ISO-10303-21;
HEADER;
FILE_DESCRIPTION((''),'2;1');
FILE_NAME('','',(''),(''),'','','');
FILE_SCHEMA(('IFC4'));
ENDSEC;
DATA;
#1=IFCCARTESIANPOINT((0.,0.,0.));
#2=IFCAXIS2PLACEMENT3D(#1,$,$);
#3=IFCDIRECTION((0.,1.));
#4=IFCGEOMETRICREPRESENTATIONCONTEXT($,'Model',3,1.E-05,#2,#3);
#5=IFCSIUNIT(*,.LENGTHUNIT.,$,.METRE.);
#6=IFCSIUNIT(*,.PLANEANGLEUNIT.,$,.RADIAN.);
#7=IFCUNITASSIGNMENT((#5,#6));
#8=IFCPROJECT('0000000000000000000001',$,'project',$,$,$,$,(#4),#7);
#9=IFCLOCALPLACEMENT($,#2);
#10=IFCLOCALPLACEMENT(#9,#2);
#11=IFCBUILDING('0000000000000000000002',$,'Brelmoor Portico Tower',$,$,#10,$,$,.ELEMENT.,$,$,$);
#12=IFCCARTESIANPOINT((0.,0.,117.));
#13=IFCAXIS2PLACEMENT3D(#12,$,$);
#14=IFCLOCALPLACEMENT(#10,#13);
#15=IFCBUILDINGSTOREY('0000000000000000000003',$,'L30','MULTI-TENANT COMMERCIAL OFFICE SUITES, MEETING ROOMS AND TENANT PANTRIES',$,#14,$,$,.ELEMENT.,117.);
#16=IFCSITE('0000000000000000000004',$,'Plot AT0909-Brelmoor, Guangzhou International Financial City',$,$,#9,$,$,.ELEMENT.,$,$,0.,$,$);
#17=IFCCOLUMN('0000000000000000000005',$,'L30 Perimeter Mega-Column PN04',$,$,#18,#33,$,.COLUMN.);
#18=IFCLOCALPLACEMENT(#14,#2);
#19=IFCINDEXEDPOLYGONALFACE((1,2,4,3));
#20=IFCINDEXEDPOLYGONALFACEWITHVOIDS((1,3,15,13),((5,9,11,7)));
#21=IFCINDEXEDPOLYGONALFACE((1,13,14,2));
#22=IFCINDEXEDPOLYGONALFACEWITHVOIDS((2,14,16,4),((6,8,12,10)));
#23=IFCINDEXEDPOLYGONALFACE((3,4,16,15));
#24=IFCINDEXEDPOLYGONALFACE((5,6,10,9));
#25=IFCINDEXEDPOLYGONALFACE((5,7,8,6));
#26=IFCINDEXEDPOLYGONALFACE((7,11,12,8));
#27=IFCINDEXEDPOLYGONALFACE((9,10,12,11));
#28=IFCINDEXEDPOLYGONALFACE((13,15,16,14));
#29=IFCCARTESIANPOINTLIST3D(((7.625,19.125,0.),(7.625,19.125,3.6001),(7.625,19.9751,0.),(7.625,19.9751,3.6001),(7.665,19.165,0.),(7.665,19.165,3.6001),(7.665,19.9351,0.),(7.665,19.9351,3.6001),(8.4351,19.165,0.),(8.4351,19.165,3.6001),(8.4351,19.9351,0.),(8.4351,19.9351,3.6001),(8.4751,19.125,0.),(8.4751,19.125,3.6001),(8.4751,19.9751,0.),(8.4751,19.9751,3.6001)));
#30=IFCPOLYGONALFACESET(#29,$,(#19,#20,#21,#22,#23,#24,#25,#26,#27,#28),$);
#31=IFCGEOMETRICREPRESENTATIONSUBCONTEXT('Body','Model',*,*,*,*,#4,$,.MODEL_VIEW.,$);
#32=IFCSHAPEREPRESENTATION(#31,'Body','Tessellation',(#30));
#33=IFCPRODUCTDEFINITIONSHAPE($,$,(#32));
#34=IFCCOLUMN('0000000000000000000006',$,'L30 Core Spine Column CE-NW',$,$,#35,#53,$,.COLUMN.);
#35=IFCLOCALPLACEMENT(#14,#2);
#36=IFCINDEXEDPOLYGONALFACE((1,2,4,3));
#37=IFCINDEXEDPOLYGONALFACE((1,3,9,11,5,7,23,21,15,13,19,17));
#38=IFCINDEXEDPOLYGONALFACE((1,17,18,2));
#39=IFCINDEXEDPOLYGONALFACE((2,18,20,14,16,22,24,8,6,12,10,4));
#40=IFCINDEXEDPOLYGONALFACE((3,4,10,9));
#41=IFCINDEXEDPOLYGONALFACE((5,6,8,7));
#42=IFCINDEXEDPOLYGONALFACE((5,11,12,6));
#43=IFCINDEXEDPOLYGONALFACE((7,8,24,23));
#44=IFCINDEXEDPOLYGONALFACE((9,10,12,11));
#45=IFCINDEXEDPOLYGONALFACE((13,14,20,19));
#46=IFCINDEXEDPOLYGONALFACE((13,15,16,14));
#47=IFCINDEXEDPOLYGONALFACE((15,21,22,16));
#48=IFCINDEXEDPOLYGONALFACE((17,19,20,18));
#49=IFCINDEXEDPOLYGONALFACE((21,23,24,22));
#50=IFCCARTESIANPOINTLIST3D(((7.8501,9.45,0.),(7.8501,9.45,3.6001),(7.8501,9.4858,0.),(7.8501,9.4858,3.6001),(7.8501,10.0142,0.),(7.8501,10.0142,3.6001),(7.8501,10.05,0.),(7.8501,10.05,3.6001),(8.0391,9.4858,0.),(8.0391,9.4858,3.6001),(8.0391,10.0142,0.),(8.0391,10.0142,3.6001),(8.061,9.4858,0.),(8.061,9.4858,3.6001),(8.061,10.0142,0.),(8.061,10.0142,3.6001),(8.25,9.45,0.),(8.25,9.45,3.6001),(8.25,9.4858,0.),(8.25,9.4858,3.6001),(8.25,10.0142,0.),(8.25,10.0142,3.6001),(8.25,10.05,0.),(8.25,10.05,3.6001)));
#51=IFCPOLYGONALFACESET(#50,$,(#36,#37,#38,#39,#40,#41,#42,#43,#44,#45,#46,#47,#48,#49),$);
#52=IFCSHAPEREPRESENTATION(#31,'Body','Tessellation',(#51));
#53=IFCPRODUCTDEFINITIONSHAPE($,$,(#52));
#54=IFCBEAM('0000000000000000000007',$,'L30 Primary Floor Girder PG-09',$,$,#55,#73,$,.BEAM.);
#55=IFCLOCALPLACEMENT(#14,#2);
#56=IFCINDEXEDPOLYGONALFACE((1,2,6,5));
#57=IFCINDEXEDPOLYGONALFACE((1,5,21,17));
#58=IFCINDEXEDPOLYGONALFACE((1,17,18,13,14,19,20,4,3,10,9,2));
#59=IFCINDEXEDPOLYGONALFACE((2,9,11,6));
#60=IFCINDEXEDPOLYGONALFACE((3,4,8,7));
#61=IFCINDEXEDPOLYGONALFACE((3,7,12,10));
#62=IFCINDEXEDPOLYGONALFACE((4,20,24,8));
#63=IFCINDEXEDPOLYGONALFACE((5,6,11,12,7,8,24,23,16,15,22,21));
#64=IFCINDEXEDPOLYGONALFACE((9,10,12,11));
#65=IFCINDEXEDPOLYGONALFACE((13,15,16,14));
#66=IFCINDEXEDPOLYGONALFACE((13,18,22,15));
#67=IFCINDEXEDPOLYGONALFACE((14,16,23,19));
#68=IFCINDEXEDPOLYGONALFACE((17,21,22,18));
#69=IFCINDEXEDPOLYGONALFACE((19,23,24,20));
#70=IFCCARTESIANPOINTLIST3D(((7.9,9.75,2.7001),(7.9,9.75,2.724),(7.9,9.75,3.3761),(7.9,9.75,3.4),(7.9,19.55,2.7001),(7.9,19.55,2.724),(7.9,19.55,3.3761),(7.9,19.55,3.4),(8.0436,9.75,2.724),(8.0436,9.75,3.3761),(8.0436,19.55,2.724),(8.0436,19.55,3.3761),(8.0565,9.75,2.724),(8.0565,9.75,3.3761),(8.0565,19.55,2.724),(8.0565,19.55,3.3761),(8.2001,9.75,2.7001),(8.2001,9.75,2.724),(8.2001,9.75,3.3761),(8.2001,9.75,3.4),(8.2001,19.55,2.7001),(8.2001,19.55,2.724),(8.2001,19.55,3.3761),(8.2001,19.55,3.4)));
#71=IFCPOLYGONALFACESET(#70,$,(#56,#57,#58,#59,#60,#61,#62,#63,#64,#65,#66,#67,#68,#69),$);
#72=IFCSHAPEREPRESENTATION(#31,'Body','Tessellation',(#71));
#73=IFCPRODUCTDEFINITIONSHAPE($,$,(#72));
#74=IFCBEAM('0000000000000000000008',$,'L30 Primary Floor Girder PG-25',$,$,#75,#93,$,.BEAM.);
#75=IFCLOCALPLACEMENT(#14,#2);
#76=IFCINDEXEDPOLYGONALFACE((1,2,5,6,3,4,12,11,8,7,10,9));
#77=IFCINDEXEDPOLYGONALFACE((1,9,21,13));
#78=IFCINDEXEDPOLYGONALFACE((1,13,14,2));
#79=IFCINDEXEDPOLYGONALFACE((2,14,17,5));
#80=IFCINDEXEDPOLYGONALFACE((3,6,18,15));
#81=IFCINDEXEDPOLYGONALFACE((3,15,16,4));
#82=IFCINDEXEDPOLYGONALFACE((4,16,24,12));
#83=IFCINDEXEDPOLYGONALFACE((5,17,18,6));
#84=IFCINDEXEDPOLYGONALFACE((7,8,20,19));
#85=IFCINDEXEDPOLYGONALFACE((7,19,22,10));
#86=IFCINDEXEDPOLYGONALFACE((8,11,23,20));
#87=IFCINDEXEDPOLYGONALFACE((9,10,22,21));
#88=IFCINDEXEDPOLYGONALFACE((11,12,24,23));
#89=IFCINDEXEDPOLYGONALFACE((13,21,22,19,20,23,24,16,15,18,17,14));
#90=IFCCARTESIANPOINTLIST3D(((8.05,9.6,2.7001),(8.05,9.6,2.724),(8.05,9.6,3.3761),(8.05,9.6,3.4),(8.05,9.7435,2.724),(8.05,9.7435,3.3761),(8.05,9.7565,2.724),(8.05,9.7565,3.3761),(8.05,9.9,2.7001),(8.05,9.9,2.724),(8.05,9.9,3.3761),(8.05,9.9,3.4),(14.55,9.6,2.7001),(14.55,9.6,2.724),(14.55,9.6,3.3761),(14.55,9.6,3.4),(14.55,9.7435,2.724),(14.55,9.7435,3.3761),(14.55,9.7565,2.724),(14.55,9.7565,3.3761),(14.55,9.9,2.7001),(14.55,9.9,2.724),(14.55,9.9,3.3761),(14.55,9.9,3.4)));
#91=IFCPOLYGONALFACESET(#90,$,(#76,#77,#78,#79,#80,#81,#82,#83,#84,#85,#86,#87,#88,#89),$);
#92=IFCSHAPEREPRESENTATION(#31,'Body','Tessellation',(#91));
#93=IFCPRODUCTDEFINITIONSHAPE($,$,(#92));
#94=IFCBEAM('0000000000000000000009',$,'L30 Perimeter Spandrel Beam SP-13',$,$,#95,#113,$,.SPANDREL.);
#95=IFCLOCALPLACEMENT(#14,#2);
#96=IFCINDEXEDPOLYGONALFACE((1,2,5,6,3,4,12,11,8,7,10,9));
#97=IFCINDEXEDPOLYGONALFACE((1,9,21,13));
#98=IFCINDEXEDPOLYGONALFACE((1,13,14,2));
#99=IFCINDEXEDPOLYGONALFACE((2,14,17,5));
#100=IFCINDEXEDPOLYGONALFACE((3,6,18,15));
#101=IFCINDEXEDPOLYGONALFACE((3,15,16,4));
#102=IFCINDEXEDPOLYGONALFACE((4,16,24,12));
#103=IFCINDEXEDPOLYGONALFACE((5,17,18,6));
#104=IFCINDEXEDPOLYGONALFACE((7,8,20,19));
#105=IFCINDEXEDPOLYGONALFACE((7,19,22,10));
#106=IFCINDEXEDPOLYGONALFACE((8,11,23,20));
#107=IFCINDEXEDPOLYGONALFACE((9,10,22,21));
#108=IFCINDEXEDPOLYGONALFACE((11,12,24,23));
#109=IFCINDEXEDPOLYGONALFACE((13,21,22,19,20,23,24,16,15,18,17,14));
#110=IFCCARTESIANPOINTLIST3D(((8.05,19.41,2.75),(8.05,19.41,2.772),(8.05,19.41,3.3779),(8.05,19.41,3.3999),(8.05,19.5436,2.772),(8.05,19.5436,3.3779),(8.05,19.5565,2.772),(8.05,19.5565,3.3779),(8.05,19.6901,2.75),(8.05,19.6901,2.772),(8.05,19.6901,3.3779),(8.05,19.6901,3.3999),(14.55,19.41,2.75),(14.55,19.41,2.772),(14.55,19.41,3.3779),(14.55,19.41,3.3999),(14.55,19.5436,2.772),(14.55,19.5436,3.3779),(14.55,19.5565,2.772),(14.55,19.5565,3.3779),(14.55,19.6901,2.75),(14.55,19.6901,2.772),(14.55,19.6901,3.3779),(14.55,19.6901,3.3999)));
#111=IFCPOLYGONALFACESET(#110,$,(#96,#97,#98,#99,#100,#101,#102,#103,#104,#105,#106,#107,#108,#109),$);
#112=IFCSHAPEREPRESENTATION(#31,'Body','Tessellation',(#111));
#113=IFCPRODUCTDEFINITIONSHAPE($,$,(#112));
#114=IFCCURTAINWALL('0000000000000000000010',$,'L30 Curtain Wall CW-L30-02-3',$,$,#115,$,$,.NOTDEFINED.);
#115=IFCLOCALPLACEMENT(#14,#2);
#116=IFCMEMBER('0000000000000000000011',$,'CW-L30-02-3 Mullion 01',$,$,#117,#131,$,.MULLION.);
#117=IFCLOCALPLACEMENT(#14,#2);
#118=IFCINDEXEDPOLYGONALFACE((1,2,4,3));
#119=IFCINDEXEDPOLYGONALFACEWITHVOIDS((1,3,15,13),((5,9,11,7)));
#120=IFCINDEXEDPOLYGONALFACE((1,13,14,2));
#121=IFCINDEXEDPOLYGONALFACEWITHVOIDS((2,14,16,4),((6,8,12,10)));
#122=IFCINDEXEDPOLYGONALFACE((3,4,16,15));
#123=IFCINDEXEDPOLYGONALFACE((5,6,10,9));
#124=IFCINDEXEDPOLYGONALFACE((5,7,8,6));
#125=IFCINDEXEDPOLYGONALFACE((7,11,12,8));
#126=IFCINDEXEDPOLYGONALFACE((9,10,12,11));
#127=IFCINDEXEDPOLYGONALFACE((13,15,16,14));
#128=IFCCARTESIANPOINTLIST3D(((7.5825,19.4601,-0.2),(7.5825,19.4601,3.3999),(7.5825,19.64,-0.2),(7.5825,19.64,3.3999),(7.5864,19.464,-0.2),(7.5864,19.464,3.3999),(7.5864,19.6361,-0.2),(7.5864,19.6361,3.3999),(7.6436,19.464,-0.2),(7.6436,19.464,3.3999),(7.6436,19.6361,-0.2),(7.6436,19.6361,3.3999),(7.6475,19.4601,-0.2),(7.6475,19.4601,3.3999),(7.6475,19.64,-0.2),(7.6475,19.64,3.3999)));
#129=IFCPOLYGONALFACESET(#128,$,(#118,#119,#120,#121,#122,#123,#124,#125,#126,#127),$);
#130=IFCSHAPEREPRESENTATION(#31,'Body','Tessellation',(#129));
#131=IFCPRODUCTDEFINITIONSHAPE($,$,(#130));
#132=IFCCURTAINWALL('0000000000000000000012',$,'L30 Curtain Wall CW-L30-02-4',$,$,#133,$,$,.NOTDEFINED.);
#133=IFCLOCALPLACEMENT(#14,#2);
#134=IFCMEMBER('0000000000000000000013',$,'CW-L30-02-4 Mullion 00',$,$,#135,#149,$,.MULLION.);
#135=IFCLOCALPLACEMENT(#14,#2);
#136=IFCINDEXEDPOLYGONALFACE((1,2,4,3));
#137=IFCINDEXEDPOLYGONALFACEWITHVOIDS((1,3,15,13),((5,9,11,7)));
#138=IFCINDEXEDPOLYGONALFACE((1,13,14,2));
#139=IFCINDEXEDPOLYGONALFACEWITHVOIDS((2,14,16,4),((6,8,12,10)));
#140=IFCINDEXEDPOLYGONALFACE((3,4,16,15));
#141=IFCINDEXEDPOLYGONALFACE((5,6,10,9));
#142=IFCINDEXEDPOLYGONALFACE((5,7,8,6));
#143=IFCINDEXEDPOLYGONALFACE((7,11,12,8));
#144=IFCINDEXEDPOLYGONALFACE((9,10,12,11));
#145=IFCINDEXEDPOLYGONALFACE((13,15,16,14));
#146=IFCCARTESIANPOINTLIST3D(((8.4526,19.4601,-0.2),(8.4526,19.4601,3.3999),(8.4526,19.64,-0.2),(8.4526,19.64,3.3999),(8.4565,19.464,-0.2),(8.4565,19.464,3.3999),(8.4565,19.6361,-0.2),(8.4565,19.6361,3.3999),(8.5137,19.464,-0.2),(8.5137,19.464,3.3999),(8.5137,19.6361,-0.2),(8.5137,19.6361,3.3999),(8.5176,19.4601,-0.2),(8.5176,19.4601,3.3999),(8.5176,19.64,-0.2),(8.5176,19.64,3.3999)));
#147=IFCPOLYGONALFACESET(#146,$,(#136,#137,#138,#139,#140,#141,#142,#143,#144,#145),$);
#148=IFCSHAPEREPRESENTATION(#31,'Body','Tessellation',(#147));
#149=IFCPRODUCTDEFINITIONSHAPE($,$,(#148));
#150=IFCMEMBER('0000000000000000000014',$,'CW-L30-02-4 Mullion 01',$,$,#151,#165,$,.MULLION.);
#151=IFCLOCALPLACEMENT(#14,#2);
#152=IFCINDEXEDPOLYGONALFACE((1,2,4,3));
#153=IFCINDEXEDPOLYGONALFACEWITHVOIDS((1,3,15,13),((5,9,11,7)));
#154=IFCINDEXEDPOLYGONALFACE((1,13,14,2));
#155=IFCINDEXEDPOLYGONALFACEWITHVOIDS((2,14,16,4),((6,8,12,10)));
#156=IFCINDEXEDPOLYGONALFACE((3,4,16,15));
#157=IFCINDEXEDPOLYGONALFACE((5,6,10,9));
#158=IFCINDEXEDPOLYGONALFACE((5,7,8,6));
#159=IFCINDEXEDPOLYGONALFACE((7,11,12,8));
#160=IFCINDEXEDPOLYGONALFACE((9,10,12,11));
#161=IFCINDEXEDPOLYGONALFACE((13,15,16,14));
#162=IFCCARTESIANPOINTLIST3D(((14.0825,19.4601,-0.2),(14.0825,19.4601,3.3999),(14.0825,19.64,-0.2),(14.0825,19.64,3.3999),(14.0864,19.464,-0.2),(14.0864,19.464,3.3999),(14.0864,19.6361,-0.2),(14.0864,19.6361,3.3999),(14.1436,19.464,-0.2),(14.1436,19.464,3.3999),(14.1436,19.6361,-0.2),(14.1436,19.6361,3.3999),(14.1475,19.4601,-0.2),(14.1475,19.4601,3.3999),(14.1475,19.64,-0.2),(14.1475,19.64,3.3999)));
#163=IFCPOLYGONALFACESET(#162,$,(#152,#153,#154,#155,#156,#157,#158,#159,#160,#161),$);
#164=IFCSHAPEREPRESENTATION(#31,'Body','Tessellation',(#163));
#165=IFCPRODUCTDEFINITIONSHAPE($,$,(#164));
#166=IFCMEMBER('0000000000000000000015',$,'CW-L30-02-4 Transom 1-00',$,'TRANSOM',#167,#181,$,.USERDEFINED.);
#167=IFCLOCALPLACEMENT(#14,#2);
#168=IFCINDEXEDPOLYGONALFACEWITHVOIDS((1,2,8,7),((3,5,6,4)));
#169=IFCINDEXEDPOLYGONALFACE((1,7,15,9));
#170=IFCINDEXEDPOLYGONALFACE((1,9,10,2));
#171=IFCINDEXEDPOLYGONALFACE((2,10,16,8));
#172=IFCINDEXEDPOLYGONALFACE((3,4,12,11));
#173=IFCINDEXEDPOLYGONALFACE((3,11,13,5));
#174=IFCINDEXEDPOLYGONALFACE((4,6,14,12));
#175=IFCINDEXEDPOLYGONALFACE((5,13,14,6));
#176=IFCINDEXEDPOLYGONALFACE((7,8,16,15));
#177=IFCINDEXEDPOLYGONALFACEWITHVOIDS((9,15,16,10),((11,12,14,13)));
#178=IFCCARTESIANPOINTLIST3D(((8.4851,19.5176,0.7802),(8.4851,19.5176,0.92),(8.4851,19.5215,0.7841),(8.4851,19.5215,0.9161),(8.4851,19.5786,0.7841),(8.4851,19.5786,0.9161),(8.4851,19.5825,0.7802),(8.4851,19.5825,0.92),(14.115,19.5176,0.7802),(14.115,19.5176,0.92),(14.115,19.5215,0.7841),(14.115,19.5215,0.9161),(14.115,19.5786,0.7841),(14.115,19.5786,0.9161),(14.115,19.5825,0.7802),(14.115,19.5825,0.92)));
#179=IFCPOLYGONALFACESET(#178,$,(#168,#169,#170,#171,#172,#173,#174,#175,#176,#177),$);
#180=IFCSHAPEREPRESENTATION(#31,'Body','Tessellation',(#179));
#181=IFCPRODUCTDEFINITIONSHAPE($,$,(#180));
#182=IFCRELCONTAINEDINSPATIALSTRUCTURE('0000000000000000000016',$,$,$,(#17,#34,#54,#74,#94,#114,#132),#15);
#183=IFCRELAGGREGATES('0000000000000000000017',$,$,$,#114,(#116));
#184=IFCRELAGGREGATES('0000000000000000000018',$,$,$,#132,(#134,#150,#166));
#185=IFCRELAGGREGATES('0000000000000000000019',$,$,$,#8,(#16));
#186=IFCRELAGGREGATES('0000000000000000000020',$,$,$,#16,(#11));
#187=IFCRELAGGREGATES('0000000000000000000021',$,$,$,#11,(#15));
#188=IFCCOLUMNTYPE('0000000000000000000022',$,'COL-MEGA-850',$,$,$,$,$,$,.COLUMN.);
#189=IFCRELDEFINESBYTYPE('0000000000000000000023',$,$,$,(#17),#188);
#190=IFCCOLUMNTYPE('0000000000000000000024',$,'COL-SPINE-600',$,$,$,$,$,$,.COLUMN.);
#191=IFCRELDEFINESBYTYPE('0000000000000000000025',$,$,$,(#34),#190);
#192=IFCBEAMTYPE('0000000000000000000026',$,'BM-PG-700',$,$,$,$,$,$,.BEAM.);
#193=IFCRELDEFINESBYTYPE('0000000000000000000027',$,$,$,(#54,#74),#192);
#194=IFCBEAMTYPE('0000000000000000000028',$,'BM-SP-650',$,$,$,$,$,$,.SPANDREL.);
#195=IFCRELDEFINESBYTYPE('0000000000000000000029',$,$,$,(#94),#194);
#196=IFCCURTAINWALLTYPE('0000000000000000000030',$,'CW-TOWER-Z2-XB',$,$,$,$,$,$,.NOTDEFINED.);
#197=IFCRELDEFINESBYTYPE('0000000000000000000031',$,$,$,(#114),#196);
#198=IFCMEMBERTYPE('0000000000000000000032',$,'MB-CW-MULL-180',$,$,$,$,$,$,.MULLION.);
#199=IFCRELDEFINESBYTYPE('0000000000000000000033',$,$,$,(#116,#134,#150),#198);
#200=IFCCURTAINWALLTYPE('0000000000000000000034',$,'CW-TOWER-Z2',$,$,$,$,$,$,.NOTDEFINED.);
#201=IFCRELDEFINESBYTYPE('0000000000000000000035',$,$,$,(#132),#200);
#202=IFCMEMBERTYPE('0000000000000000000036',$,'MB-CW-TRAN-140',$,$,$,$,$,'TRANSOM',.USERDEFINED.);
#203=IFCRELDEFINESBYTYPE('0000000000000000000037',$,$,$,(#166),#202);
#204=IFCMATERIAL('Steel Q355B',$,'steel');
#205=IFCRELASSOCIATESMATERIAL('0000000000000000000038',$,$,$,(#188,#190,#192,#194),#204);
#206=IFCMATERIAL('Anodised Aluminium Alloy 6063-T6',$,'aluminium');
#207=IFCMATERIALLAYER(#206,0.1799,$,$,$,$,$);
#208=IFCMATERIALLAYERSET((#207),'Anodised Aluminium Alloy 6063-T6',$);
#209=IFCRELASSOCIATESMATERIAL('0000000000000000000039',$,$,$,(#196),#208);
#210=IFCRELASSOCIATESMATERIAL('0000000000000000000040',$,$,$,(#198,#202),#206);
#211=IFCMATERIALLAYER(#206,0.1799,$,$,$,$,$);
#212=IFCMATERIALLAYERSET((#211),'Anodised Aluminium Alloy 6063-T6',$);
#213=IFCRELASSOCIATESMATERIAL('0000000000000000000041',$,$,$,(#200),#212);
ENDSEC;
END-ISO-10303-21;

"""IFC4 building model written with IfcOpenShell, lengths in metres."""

from ifc_helpers import new_model, si_unit, direction, frame, origin, origin_2d, place, context, subcontext, project, spatial, hollow_rectangle, i_section, extrude, material, layer, layer_set, material_profile, profile_set, type_object, element, aggregate, save


model = new_model("IFC4")

# Units and contexts
model_context = context("Model", 3, precision=1e-05, world=origin(), true_north=direction((0.0, 1.0)))
body_context = subcontext(model_context, "Body", "Model", "MODEL_VIEW")
ifc_project = project(units=[si_unit("LENGTHUNIT", "METRE"), si_unit("PLANEANGLEUNIT", "RADIAN")], contexts=[model_context])

# Site, building, storey
site_placement = place(None, origin())
site = spatial("IfcSite", under=ifc_project, at=site_placement, Name="Plot AT0909-Brelmoor, Guangzhou International Financial City", CompositionType="ELEMENT", RefElevation=0.0)
building_placement = place(site_placement, origin())
building = spatial("IfcBuilding", under=site, at=building_placement, Name="Brelmoor Portico Tower", CompositionType="ELEMENT")
storey_placement = place(building_placement, frame((0.0, 0.0, 117.0)))
storey = spatial("IfcBuildingStorey", under=building, at=storey_placement, Name="L30", Description="MULTI-TENANT COMMERCIAL OFFICE SUITES, MEETING ROOMS AND TENANT PANTRIES", CompositionType="ELEMENT", Elevation=117.0)

# Columns
ifc_material_1 = material(Name="Steel Q355B", Category="steel")
ifc_material_profile_1 = material_profile(ifc_material_1, hollow_rectangle(XDim=0.8501, YDim=0.8501, WallThickness=0.04, at=origin_2d()), Name="BOX 850x850x40")
ifc_profile_set_1 = profile_set([ifc_material_profile_1], Name="Steel Q355B")
column_type_1 = type_object("IfcColumnType", Name="COL-MEGA-850", PredefinedType="COLUMN", material=ifc_profile_set_1)
column_1_placement = place(storey_placement, frame((8.05, 19.55, 0.0), z_axis=(0.0, 0.0, 1.0), x_axis=(1.0, 0.0, 0.0)))
element("IfcColumn", 1, at=column_1_placement, inside=storey, type_object=column_type_1, Name="L30 Perimeter Mega-Column PN04", PredefinedType="COLUMN", context=body_context, shape_type="SweptSolid", body=[
    extrude(hollow_rectangle(XDim=0.8501, YDim=0.8501, WallThickness=0.04, at=origin_2d()), origin(), (0.0, 0.0, 1.0), 3.6001),
])
ifc_material_profile_2 = material_profile(ifc_material_1, i_section(OverallWidth=0.3999, OverallDepth=0.6001, WebThickness=0.022, FlangeThickness=0.0359, at=origin_2d()), Name="HW 600x400x22x36")
ifc_profile_set_2 = profile_set([ifc_material_profile_2], Name="Steel Q355B")
column_type_2 = type_object("IfcColumnType", Name="COL-SPINE-600", PredefinedType="COLUMN", material=ifc_profile_set_2)
column_2_placement = place(storey_placement, frame((8.05, 9.75, 0.0), z_axis=(0.0, 0.0, 1.0), x_axis=(1.0, 0.0, 0.0)))
element("IfcColumn", 2, at=column_2_placement, inside=storey, type_object=column_type_2, Name="L30 Core Spine Column CE-NW", PredefinedType="COLUMN", context=body_context, shape_type="SweptSolid", body=[
    extrude(i_section(OverallWidth=0.3999, OverallDepth=0.6001, WebThickness=0.022, FlangeThickness=0.0359, at=origin_2d()), origin(), (0.0, 0.0, 1.0), 3.6001),
])

# Beams
ifc_material_profile_3 = material_profile(ifc_material_1, i_section(OverallWidth=0.3, OverallDepth=0.7, WebThickness=0.0129, FlangeThickness=0.0239, at=origin_2d()), Name="HN 700x300x13x24")
ifc_profile_set_3 = profile_set([ifc_material_profile_3], Name="Steel Q355B")
beam_type_1 = type_object("IfcBeamType", Name="BM-PG-700", PredefinedType="BEAM", material=ifc_profile_set_3)
beam_1_placement = place(storey_placement, frame((8.05, 9.75, 3.05), z_axis=(0.0, 1.0, 0.0), x_axis=(-1.0, 0.0, 0.0)))
element("IfcBeam", 3, at=beam_1_placement, inside=storey, type_object=beam_type_1, Name="L30 Primary Floor Girder PG-09", PredefinedType="BEAM", context=body_context, shape_type="SweptSolid", body=[
    extrude(i_section(OverallWidth=0.3, OverallDepth=0.7, WebThickness=0.0129, FlangeThickness=0.0239, at=origin_2d()), origin(), (0.0, 0.0, 1.0), 9.8),
])
beam_2_placement = place(storey_placement, frame((8.05, 9.75, 3.05), z_axis=(1.0, 0.0, 0.0), x_axis=(0.0, 1.0, 0.0)))
element("IfcBeam", 4, at=beam_2_placement, inside=storey, type_object=beam_type_1, Name="L30 Primary Floor Girder PG-25", PredefinedType="BEAM", context=body_context, shape_type="SweptSolid", body=[
    extrude(i_section(OverallWidth=0.3, OverallDepth=0.7, WebThickness=0.0129, FlangeThickness=0.0239, at=origin_2d()), origin(), (0.0, 0.0, 1.0), 6.5),
])
ifc_material_profile_4 = material_profile(ifc_material_1, i_section(OverallWidth=0.28, OverallDepth=0.6499, WebThickness=0.0129, FlangeThickness=0.022, at=origin_2d()), Name="HN 650x280x13x22")
ifc_profile_set_4 = profile_set([ifc_material_profile_4], Name="Steel Q355B")
beam_type_2 = type_object("IfcBeamType", Name="BM-SP-650", PredefinedType="SPANDREL", material=ifc_profile_set_4)
beam_3_placement = place(storey_placement, frame((8.05, 19.55, 3.075), z_axis=(1.0, 0.0, 0.0), x_axis=(0.0, 1.0, 0.0)))
element("IfcBeam", 5, at=beam_3_placement, inside=storey, type_object=beam_type_2, Name="L30 Perimeter Spandrel Beam SP-13", PredefinedType="SPANDREL", context=body_context, shape_type="SweptSolid", body=[
    extrude(i_section(OverallWidth=0.28, OverallDepth=0.6499, WebThickness=0.0129, FlangeThickness=0.022, at=origin_2d()), origin(), (0.0, 0.0, 1.0), 6.5),
])

# Curtain wall, member
ifc_material_2 = material(Name="Anodised Aluminium Alloy 6063-T6", Category="aluminium")
ifc_layer_1 = layer(ifc_material_2, 0.1799)
ifc_layer_set_1 = layer_set([ifc_layer_1], Name="Anodised Aluminium Alloy 6063-T6")
curtain_wall_type_1 = type_object("IfcCurtainWallType", Name="CW-TOWER-Z2-XB", PredefinedType="NOTDEFINED", material=ifc_layer_set_1)
curtain_wall_1_placement = place(storey_placement, origin())
curtain_wall_1 = element("IfcCurtainWall", 6, at=curtain_wall_1_placement, inside=storey, type_object=curtain_wall_type_1, Name="L30 Curtain Wall CW-L30-02-3", PredefinedType="NOTDEFINED")
ifc_material_profile_5 = material_profile(ifc_material_2, hollow_rectangle(XDim=0.0649, YDim=0.1799, WallThickness=0.0039, at=origin_2d()), Name="ALU MULLION 65x180")
ifc_profile_set_5 = profile_set([ifc_material_profile_5], Name="Anodised Aluminium Alloy 6063-T6")
member_type_1 = type_object("IfcMemberType", Name="MB-CW-MULL-180", PredefinedType="MULLION", material=ifc_profile_set_5)
member_1_placement = place(storey_placement, frame((7.615, 19.55, -0.2), z_axis=(0.0, 0.0, 1.0), x_axis=(1.0, 0.0, 0.0)))
member_1 = element("IfcMember", 7, at=member_1_placement, type_object=member_type_1, Name="CW-L30-02-3 Mullion 01", PredefinedType="MULLION", context=body_context, shape_type="SweptSolid", body=[
    extrude(hollow_rectangle(XDim=0.0649, YDim=0.1799, WallThickness=0.0039, at=origin_2d()), origin(), (0.0, 0.0, 1.0), 3.5999),
])

# Curtain wall, members
ifc_layer_2 = layer(ifc_material_2, 0.1799)
ifc_layer_set_2 = layer_set([ifc_layer_2], Name="Anodised Aluminium Alloy 6063-T6")
curtain_wall_type_2 = type_object("IfcCurtainWallType", Name="CW-TOWER-Z2", PredefinedType="NOTDEFINED", material=ifc_layer_set_2)
curtain_wall_2_placement = place(storey_placement, origin())
curtain_wall_2 = element("IfcCurtainWall", 8, at=curtain_wall_2_placement, inside=storey, type_object=curtain_wall_type_2, Name="L30 Curtain Wall CW-L30-02-4", PredefinedType="NOTDEFINED")
member_2_placement = place(storey_placement, frame((8.4851, 19.55, -0.2), z_axis=(0.0, 0.0, 1.0), x_axis=(1.0, 0.0, 0.0)))
member_2 = element("IfcMember", 9, at=member_2_placement, type_object=member_type_1, Name="CW-L30-02-4 Mullion 00", PredefinedType="MULLION", context=body_context, shape_type="SweptSolid", body=[
    extrude(hollow_rectangle(XDim=0.0649, YDim=0.1799, WallThickness=0.0039, at=origin_2d()), origin(), (0.0, 0.0, 1.0), 3.5999),
])
member_3_placement = place(storey_placement, frame((14.115, 19.55, -0.2), z_axis=(0.0, 0.0, 1.0), x_axis=(1.0, 0.0, 0.0)))
member_3 = element("IfcMember", 10, at=member_3_placement, type_object=member_type_1, Name="CW-L30-02-4 Mullion 01", PredefinedType="MULLION", context=body_context, shape_type="SweptSolid", body=[
    extrude(hollow_rectangle(XDim=0.0649, YDim=0.1799, WallThickness=0.0039, at=origin_2d()), origin(), (0.0, 0.0, 1.0), 3.5999),
])
ifc_material_profile_6 = material_profile(ifc_material_2, hollow_rectangle(XDim=0.0649, YDim=0.1399, WallThickness=0.0039, at=origin_2d()), Name="ALU TRANSOM 65x140")
ifc_profile_set_6 = profile_set([ifc_material_profile_6], Name="Anodised Aluminium Alloy 6063-T6")
member_type_2 = type_object("IfcMemberType", Name="MB-CW-TRAN-140", ElementType="TRANSOM", PredefinedType="USERDEFINED", material=ifc_profile_set_6)
member_4_placement = place(storey_placement, frame((8.4851, 19.55, 0.8501), z_axis=(1.0, 0.0, 0.0), x_axis=(0.0, 1.0, 0.0)))
member_4 = element("IfcMember", 11, at=member_4_placement, type_object=member_type_2, Name="CW-L30-02-4 Transom 1-00", ObjectType="TRANSOM", PredefinedType="USERDEFINED", context=body_context, shape_type="SweptSolid", body=[
    extrude(hollow_rectangle(XDim=0.0649, YDim=0.1399, WallThickness=0.0039, at=origin_2d()), origin(), (0.0, 0.0, 1.0), 5.6299),
])

aggregate(curtain_wall_1, [member_1])
aggregate(curtain_wall_2, [member_2, member_3, member_4])

save(model, "model.ifc")
